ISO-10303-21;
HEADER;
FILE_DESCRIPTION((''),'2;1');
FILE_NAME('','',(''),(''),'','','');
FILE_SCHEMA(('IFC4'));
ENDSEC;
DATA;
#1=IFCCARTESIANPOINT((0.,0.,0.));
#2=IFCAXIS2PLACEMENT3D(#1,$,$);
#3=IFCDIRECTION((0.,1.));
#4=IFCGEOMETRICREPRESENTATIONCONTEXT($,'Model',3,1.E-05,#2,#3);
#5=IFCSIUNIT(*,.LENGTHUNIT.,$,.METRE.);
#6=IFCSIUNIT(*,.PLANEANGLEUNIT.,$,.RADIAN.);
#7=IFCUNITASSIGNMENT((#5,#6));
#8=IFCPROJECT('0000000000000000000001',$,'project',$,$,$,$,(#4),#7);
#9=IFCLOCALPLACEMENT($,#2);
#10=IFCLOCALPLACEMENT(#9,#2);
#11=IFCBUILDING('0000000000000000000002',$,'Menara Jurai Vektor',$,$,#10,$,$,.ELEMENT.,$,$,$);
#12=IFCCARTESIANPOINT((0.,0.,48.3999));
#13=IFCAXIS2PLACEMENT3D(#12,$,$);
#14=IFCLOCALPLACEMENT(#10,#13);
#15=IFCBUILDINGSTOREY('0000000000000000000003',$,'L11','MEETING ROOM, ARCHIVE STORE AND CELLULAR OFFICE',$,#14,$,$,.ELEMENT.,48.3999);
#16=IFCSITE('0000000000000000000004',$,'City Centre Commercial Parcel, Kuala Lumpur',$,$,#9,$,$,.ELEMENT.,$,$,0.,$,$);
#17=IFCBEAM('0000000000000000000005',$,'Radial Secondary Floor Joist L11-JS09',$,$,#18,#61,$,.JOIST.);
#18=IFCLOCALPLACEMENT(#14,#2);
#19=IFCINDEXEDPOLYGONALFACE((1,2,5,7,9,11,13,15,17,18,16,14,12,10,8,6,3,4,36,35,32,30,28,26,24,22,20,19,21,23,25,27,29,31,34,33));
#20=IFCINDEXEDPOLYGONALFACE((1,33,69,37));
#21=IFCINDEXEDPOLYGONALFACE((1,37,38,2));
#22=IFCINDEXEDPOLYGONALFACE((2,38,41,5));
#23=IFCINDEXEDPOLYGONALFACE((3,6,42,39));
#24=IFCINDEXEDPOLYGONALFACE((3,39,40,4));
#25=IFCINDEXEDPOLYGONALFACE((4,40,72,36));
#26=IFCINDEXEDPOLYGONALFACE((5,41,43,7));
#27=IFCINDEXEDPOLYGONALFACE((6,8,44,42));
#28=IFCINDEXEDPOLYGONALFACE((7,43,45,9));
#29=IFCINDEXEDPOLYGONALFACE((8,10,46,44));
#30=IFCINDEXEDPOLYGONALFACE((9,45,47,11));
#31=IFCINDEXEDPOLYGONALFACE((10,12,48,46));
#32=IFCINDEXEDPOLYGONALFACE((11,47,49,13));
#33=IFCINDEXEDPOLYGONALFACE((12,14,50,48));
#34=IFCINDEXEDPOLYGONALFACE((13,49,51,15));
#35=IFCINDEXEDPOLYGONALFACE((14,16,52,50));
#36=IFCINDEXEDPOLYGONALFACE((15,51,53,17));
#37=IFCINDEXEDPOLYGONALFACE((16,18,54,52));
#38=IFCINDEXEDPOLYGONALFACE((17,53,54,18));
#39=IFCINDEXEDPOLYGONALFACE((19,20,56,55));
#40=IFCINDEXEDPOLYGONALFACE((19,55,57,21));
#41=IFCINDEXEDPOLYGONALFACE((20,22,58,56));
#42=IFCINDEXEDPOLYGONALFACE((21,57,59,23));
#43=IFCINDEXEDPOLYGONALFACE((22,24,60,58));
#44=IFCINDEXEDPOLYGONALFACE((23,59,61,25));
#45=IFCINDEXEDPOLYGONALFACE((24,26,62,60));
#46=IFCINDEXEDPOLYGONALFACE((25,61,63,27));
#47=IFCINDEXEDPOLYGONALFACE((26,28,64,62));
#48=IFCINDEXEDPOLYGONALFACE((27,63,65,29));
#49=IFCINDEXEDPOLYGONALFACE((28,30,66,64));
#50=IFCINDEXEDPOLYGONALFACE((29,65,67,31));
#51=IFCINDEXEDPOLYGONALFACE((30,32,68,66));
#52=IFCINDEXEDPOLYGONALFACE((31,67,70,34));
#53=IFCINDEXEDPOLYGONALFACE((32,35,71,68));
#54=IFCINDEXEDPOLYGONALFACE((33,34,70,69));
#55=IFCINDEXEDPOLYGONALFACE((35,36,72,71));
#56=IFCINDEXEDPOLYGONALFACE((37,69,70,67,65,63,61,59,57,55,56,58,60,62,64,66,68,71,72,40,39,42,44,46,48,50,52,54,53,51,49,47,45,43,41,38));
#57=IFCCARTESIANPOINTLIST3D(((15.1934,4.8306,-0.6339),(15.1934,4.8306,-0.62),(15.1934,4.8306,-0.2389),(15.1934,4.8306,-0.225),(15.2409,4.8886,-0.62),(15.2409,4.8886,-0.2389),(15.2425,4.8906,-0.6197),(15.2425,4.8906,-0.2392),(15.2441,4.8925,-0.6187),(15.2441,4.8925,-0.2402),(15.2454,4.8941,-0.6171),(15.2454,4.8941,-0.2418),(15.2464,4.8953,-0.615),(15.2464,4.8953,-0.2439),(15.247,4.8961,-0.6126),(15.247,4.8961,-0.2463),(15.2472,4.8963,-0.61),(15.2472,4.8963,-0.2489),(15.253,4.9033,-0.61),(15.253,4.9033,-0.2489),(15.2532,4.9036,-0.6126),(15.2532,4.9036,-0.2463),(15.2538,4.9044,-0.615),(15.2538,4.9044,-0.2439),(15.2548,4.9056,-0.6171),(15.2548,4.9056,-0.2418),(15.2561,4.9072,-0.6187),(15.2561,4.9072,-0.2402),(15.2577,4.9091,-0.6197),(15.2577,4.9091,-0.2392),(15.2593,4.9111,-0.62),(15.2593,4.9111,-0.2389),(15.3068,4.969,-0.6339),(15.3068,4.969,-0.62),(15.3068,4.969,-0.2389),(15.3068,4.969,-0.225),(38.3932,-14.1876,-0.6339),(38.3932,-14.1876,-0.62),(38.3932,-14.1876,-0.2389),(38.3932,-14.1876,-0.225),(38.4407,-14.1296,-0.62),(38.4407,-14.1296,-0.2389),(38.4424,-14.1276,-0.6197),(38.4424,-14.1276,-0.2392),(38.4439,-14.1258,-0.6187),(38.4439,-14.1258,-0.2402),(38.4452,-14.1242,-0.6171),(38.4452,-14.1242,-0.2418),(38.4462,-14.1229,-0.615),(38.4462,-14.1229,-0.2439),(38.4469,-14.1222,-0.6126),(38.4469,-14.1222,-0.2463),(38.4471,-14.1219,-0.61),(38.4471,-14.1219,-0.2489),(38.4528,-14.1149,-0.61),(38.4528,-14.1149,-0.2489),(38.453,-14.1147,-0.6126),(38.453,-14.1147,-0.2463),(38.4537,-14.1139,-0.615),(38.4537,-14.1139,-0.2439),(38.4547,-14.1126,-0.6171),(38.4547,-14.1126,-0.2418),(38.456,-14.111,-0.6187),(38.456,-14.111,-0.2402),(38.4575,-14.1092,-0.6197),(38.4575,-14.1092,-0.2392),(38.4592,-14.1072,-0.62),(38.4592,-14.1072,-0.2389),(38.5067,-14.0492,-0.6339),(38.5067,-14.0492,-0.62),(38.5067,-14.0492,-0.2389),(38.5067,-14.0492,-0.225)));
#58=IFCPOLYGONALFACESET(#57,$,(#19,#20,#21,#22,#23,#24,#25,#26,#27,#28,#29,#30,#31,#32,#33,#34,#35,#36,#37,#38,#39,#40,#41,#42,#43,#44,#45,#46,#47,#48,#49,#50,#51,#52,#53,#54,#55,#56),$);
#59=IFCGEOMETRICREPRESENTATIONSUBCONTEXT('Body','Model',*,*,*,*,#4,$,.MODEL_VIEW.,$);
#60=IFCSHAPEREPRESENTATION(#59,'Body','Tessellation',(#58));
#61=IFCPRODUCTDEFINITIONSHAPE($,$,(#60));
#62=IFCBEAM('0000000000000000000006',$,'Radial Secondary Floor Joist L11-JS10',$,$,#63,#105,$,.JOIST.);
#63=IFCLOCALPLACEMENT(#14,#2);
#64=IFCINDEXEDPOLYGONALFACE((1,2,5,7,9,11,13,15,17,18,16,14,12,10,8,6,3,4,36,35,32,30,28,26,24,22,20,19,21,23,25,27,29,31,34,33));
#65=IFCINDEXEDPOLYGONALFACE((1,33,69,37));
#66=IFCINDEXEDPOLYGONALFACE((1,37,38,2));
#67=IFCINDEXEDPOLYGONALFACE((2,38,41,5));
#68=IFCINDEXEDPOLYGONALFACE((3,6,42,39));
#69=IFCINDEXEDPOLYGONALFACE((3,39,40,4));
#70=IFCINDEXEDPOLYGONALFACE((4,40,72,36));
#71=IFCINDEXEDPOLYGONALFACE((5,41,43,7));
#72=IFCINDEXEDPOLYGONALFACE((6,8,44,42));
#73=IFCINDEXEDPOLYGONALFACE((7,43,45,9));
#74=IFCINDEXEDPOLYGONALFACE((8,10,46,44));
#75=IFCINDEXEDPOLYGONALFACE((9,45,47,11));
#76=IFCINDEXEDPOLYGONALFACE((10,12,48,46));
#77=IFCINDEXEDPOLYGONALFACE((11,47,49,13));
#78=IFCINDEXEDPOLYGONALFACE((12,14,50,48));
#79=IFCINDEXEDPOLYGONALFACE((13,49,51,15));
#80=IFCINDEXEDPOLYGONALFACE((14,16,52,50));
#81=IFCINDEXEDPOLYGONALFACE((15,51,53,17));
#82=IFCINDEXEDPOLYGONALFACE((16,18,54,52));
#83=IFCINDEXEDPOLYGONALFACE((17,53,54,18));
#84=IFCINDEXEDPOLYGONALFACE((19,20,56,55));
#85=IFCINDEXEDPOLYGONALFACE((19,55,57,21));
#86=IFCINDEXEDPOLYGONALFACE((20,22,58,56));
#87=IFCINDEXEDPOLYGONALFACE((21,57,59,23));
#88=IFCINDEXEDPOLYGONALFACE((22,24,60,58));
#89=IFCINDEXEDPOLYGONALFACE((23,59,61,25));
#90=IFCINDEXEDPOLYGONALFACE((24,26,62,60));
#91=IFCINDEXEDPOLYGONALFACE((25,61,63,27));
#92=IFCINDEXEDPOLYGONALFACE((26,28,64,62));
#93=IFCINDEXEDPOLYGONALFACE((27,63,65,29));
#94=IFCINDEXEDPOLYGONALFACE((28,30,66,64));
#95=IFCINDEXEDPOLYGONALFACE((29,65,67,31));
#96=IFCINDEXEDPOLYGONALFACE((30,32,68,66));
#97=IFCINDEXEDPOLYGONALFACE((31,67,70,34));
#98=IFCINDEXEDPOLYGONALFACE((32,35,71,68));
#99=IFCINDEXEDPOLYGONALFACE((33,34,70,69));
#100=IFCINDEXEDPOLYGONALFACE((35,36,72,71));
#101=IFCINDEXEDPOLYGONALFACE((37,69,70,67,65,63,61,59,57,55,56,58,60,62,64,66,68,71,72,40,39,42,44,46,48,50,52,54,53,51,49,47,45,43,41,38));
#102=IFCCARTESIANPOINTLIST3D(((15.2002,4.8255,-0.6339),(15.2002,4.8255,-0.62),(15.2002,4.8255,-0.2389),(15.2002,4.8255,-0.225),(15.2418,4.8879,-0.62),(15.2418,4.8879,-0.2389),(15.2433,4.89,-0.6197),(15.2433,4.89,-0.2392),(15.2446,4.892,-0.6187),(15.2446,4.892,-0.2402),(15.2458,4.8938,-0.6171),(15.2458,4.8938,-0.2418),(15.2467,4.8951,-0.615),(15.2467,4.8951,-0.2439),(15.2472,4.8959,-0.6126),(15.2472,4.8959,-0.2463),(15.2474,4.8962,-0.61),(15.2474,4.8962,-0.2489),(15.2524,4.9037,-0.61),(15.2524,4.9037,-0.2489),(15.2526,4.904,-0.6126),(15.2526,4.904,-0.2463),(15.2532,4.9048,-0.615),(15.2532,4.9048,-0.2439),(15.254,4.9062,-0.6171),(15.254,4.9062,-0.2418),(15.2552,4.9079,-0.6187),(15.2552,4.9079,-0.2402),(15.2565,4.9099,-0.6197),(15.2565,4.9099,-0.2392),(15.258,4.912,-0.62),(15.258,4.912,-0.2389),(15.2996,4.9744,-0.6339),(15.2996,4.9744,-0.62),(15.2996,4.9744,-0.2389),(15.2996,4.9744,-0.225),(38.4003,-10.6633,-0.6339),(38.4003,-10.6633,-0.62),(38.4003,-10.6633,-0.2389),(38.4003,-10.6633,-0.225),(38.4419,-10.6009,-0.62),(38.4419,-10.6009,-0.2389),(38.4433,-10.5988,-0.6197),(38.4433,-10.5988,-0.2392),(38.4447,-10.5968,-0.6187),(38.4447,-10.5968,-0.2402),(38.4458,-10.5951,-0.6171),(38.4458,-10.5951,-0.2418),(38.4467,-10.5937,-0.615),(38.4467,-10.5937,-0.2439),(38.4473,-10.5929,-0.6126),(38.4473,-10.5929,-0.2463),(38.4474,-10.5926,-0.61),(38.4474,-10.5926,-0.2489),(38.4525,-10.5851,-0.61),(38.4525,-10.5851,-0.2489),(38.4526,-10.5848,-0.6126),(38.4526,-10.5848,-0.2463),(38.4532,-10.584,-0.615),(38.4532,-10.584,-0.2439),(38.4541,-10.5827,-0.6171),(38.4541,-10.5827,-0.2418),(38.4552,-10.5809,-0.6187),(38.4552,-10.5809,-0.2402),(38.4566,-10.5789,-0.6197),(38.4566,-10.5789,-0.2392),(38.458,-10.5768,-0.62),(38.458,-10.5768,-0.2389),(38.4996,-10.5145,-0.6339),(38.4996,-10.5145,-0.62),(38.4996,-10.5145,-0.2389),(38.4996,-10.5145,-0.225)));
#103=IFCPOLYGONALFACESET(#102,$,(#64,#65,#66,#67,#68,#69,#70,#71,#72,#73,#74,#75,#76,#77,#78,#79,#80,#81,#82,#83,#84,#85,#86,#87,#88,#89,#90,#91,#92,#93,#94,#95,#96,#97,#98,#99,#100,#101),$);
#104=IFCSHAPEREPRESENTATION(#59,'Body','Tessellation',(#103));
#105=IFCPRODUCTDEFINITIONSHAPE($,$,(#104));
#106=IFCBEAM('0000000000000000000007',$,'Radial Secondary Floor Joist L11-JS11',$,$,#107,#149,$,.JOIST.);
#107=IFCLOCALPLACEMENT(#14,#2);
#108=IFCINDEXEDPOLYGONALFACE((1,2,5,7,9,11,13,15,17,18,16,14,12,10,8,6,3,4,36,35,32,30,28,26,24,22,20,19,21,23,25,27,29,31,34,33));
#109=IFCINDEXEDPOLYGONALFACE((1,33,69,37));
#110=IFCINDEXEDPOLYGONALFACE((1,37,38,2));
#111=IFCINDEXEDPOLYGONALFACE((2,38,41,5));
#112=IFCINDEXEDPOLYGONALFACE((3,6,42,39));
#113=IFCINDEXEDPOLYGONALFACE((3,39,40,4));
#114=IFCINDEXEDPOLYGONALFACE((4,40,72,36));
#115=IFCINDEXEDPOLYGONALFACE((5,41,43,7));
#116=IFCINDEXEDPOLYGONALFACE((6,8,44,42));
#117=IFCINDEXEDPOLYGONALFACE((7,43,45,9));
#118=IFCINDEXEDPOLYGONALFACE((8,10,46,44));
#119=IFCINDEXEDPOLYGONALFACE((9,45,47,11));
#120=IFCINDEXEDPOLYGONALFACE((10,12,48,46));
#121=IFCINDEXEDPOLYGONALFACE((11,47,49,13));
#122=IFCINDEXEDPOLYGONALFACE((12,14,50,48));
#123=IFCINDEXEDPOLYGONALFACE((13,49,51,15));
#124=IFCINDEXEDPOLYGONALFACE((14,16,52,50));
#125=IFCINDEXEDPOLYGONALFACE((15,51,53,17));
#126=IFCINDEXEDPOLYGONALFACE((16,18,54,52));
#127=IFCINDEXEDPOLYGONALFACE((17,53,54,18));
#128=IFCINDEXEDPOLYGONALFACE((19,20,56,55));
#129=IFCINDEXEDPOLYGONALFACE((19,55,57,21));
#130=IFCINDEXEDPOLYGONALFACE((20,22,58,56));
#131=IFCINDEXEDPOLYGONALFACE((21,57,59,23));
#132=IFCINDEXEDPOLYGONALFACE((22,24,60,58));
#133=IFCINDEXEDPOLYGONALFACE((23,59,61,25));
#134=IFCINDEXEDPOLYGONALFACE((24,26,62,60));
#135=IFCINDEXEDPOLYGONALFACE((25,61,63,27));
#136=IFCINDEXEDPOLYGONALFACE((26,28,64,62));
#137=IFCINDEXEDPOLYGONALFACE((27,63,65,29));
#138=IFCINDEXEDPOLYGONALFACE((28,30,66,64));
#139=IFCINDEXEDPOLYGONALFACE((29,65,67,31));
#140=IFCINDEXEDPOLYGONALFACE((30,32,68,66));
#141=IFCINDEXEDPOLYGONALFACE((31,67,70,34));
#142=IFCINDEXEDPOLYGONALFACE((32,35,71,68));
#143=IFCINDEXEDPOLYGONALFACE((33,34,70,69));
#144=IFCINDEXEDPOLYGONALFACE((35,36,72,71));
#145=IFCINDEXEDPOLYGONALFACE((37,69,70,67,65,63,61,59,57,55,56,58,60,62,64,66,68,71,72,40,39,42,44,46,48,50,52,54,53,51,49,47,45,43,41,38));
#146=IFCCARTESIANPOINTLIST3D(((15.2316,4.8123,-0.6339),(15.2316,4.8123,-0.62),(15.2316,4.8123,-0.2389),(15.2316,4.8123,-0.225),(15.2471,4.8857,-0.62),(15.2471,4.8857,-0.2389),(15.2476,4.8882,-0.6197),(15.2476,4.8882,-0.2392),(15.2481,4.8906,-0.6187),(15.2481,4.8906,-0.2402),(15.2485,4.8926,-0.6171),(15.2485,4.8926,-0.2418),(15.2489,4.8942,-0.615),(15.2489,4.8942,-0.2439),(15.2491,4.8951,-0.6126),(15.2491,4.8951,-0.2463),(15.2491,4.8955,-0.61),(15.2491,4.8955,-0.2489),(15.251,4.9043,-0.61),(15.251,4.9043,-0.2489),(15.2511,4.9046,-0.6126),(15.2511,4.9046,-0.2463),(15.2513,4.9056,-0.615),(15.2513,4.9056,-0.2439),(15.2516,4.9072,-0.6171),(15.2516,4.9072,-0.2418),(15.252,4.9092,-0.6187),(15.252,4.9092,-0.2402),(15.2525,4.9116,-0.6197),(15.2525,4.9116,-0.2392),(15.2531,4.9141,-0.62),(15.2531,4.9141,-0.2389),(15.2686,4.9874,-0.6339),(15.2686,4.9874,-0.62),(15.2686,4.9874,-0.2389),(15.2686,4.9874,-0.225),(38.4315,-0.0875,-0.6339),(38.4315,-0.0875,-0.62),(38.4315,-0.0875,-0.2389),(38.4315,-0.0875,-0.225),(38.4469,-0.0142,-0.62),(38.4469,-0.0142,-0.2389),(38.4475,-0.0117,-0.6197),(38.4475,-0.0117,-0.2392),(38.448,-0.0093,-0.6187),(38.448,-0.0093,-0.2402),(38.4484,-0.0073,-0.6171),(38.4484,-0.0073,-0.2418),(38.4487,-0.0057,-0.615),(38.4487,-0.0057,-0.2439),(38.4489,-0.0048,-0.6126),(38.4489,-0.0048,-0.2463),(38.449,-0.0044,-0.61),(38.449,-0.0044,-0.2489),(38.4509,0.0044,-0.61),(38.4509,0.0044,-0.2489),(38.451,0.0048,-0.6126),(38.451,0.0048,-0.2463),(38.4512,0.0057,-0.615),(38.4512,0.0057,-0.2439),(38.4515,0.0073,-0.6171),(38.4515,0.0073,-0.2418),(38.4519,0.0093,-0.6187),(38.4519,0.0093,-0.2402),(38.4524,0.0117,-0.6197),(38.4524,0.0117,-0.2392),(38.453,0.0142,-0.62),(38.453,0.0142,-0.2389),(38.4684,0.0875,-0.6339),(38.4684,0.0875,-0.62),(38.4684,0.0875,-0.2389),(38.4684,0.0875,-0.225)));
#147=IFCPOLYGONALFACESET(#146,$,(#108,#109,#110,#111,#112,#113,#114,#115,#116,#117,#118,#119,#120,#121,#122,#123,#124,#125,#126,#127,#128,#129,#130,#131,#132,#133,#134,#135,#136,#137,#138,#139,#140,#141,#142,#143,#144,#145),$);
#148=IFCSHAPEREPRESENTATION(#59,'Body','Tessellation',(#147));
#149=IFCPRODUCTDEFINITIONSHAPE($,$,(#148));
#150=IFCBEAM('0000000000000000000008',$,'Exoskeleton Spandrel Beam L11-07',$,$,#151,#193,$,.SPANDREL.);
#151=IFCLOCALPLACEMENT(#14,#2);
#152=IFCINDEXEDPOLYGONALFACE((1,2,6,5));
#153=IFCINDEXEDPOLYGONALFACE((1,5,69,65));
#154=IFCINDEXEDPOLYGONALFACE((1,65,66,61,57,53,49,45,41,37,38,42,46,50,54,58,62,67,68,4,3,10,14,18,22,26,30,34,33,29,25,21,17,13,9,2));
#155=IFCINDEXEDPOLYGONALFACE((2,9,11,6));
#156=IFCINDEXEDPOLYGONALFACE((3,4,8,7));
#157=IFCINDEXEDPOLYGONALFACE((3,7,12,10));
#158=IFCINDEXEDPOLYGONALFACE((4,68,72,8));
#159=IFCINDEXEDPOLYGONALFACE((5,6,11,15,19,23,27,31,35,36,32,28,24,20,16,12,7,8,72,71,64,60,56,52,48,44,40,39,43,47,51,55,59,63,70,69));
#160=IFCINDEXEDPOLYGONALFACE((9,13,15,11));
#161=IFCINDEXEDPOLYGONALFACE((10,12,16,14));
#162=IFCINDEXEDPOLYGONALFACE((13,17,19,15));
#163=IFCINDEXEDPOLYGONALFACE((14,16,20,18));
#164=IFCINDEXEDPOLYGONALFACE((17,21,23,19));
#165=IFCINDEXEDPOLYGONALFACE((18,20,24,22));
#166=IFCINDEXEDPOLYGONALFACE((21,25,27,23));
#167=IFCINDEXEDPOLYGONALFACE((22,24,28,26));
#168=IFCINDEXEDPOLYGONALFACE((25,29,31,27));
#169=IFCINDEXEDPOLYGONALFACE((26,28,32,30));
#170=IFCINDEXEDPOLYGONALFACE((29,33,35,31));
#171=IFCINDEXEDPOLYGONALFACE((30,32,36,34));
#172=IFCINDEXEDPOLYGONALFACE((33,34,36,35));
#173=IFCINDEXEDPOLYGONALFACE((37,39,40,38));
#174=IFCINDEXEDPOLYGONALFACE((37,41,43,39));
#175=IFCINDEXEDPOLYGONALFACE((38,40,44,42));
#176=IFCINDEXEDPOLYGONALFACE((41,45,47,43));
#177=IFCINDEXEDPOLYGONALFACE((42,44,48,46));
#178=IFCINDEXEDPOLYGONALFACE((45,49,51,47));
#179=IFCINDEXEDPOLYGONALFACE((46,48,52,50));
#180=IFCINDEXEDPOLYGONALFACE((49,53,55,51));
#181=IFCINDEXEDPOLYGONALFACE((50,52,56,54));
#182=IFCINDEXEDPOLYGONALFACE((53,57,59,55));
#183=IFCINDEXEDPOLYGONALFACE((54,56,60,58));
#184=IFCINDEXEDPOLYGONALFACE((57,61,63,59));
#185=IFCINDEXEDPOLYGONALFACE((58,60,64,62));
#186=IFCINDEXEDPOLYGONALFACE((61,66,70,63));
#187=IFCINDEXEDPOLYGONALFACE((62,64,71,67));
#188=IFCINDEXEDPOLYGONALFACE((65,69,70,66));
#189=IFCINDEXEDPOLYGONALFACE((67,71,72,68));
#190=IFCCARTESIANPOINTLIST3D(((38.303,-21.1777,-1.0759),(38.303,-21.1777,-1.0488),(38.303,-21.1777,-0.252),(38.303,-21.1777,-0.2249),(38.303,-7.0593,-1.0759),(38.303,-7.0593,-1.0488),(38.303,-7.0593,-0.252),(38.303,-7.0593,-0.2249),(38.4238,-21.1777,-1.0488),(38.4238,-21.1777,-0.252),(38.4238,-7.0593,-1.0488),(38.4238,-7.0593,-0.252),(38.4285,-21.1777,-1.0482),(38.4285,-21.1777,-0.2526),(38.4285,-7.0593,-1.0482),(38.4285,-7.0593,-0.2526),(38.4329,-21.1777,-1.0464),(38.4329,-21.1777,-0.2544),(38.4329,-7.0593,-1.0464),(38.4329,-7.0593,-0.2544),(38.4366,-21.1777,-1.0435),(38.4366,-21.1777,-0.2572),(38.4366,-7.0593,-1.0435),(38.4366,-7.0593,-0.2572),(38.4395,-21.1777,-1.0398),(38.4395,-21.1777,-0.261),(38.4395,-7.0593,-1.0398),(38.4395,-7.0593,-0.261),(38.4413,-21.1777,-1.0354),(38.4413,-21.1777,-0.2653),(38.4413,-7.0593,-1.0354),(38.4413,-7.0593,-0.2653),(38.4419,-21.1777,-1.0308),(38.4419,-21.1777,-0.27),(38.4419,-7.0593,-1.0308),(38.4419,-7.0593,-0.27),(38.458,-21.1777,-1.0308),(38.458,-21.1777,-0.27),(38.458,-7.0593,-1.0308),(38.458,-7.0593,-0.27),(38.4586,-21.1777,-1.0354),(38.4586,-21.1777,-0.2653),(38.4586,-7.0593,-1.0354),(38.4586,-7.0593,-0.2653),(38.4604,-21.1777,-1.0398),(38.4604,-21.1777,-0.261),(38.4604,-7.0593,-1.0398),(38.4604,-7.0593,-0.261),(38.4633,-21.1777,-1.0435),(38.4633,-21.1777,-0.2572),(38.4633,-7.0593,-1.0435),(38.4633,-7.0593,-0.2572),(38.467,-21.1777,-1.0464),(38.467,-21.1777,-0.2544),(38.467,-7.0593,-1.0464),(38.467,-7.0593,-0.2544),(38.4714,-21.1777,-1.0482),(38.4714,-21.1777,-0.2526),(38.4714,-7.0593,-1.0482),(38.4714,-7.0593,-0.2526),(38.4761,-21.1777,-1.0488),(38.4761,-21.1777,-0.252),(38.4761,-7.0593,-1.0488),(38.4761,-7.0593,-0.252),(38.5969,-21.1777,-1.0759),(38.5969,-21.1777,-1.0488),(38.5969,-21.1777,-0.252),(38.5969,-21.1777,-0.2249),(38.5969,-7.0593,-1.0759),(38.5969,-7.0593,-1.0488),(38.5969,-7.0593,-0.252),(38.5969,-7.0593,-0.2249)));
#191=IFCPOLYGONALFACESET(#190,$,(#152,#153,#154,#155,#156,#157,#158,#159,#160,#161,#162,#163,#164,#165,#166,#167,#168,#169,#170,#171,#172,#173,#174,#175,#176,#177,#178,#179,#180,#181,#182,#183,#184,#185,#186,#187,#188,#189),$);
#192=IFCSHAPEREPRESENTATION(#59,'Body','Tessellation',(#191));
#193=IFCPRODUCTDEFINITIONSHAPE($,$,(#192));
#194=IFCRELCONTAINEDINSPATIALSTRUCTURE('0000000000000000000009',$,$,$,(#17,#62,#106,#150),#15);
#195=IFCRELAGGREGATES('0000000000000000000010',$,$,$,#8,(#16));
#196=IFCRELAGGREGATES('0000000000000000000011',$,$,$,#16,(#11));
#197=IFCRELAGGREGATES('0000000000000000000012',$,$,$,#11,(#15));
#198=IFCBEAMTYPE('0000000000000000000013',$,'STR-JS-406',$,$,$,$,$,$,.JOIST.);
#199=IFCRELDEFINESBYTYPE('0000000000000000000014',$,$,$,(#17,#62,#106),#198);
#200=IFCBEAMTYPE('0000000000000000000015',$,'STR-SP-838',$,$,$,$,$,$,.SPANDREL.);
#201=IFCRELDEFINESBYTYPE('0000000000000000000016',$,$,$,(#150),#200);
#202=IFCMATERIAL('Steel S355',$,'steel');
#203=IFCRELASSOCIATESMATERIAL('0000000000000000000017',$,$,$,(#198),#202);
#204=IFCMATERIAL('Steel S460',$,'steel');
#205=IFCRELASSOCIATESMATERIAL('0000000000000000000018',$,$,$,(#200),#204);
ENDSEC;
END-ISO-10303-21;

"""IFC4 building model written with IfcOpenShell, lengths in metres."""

from ifc_helpers import new_model, si_unit, direction, frame, origin, origin_2d, place, context, subcontext, project, spatial, i_section, extrude, material, material_profile, profile_set, type_object, element, save


model = new_model("IFC4")

# Units and contexts
model_context = context("Model", 3, precision=1e-05, world=origin(), true_north=direction((0.0, 1.0)))
body_context = subcontext(model_context, "Body", "Model", "MODEL_VIEW")
ifc_project = project(units=[si_unit("LENGTHUNIT", "METRE"), si_unit("PLANEANGLEUNIT", "RADIAN")], contexts=[model_context])

# Site, building, storey
site_placement = place(None, origin())
site = spatial("IfcSite", under=ifc_project, at=site_placement, Name="City Centre Commercial Parcel, Kuala Lumpur", CompositionType="ELEMENT", RefElevation=0.0)
building_placement = place(site_placement, origin())
building = spatial("IfcBuilding", under=site, at=building_placement, Name="Menara Jurai Vektor", CompositionType="ELEMENT")
storey_placement = place(building_placement, frame((0.0, 0.0, 48.3999)))
storey = spatial("IfcBuildingStorey", under=building, at=storey_placement, Name="L11", Description="MEETING ROOM, ARCHIVE STORE AND CELLULAR OFFICE", CompositionType="ELEMENT", Elevation=48.3999)

# Shared definitions
ifc_material_1 = material(Name="Steel S460", Category="steel")

# Beams
ifc_material_2 = material(Name="Steel S355", Category="steel")
ifc_material_profile_1 = material_profile(ifc_material_2, i_section(OverallWidth=0.179, OverallDepth=0.4089, WebThickness=0.009, FlangeThickness=0.0139, FilletRadius=0.01, at=origin_2d()), Name="UKB 406x178x67")
ifc_profile_set_1 = profile_set([ifc_material_profile_1], Name="Steel S355")
beam_type_1 = type_object("IfcBeamType", Name="STR-JS-406", PredefinedType="JOIST", material=ifc_profile_set_1)
beam_1_placement = place(storey_placement, frame((38.45, -14.1184, -0.4294), z_axis=(-0.77336, 0.633967, 0.0), x_axis=(-0.633967, -0.77336, 0.0)))
element("IfcBeam", 1, at=beam_1_placement, inside=storey, type_object=beam_type_1, Name="Radial Secondary Floor Joist L11-JS09", PredefinedType="JOIST", context=body_context, shape_type="SweptSolid", body=[
    extrude(i_section(OverallWidth=0.179, OverallDepth=0.4089, WebThickness=0.009, FlangeThickness=0.0139, FilletRadius=0.01, at=origin_2d()), origin(), (0.0, 0.0, 1.0), 29.9988),
])
beam_2_placement = place(storey_placement, frame((38.45, -10.5889, -0.4294), z_axis=(-0.831684, 0.555249, 0.0), x_axis=(-0.555249, -0.831684, 0.0)))
element("IfcBeam", 2, at=beam_2_placement, inside=storey, type_object=beam_type_1, Name="Radial Secondary Floor Joist L11-JS10", PredefinedType="JOIST", context=body_context, shape_type="SweptSolid", body=[
    extrude(i_section(OverallWidth=0.179, OverallDepth=0.4089, WebThickness=0.009, FlangeThickness=0.0139, FilletRadius=0.01, at=origin_2d()), origin(), (0.0, 0.0, 1.0), 27.8953),
])
beam_3_placement = place(storey_placement, frame((38.45, 0.0, -0.4294), z_axis=(-0.978416, 0.206645, 0.0), x_axis=(-0.206645, -0.978416, 0.0)))
element("IfcBeam", 3, at=beam_3_placement, inside=storey, type_object=beam_type_1, Name="Radial Secondary Floor Joist L11-JS11", PredefinedType="JOIST", context=body_context, shape_type="SweptSolid", body=[
    extrude(i_section(OverallWidth=0.179, OverallDepth=0.4089, WebThickness=0.009, FlangeThickness=0.0139, FilletRadius=0.01, at=origin_2d()), origin(), (0.0, 0.0, 1.0), 23.7117),
])
ifc_material_profile_2 = material_profile(ifc_material_1, i_section(OverallWidth=0.2939, OverallDepth=0.8511, WebThickness=0.0161, FlangeThickness=0.0271, FilletRadius=0.0181, at=origin_2d()), Name="UKB 838x292x226")
ifc_profile_set_2 = profile_set([ifc_material_profile_2], Name="Steel S460")
beam_type_2 = type_object("IfcBeamType", Name="STR-SP-838", PredefinedType="SPANDREL", material=ifc_profile_set_2)
beam_4_placement = place(storey_placement, frame((38.45, -21.1777, -0.6504), z_axis=(0.0, 1.0, 0.0), x_axis=(-1.0, 0.0, 0.0)))
element("IfcBeam", 4, at=beam_4_placement, inside=storey, type_object=beam_type_2, Name="Exoskeleton Spandrel Beam L11-07", PredefinedType="SPANDREL", context=body_context, shape_type="SweptSolid", body=[
    extrude(i_section(OverallWidth=0.2939, OverallDepth=0.8511, WebThickness=0.0161, FlangeThickness=0.0271, FilletRadius=0.0181, at=origin_2d()), origin(), (0.0, 0.0, 1.0), 14.1184),
])

save(model, "model.ifc")
